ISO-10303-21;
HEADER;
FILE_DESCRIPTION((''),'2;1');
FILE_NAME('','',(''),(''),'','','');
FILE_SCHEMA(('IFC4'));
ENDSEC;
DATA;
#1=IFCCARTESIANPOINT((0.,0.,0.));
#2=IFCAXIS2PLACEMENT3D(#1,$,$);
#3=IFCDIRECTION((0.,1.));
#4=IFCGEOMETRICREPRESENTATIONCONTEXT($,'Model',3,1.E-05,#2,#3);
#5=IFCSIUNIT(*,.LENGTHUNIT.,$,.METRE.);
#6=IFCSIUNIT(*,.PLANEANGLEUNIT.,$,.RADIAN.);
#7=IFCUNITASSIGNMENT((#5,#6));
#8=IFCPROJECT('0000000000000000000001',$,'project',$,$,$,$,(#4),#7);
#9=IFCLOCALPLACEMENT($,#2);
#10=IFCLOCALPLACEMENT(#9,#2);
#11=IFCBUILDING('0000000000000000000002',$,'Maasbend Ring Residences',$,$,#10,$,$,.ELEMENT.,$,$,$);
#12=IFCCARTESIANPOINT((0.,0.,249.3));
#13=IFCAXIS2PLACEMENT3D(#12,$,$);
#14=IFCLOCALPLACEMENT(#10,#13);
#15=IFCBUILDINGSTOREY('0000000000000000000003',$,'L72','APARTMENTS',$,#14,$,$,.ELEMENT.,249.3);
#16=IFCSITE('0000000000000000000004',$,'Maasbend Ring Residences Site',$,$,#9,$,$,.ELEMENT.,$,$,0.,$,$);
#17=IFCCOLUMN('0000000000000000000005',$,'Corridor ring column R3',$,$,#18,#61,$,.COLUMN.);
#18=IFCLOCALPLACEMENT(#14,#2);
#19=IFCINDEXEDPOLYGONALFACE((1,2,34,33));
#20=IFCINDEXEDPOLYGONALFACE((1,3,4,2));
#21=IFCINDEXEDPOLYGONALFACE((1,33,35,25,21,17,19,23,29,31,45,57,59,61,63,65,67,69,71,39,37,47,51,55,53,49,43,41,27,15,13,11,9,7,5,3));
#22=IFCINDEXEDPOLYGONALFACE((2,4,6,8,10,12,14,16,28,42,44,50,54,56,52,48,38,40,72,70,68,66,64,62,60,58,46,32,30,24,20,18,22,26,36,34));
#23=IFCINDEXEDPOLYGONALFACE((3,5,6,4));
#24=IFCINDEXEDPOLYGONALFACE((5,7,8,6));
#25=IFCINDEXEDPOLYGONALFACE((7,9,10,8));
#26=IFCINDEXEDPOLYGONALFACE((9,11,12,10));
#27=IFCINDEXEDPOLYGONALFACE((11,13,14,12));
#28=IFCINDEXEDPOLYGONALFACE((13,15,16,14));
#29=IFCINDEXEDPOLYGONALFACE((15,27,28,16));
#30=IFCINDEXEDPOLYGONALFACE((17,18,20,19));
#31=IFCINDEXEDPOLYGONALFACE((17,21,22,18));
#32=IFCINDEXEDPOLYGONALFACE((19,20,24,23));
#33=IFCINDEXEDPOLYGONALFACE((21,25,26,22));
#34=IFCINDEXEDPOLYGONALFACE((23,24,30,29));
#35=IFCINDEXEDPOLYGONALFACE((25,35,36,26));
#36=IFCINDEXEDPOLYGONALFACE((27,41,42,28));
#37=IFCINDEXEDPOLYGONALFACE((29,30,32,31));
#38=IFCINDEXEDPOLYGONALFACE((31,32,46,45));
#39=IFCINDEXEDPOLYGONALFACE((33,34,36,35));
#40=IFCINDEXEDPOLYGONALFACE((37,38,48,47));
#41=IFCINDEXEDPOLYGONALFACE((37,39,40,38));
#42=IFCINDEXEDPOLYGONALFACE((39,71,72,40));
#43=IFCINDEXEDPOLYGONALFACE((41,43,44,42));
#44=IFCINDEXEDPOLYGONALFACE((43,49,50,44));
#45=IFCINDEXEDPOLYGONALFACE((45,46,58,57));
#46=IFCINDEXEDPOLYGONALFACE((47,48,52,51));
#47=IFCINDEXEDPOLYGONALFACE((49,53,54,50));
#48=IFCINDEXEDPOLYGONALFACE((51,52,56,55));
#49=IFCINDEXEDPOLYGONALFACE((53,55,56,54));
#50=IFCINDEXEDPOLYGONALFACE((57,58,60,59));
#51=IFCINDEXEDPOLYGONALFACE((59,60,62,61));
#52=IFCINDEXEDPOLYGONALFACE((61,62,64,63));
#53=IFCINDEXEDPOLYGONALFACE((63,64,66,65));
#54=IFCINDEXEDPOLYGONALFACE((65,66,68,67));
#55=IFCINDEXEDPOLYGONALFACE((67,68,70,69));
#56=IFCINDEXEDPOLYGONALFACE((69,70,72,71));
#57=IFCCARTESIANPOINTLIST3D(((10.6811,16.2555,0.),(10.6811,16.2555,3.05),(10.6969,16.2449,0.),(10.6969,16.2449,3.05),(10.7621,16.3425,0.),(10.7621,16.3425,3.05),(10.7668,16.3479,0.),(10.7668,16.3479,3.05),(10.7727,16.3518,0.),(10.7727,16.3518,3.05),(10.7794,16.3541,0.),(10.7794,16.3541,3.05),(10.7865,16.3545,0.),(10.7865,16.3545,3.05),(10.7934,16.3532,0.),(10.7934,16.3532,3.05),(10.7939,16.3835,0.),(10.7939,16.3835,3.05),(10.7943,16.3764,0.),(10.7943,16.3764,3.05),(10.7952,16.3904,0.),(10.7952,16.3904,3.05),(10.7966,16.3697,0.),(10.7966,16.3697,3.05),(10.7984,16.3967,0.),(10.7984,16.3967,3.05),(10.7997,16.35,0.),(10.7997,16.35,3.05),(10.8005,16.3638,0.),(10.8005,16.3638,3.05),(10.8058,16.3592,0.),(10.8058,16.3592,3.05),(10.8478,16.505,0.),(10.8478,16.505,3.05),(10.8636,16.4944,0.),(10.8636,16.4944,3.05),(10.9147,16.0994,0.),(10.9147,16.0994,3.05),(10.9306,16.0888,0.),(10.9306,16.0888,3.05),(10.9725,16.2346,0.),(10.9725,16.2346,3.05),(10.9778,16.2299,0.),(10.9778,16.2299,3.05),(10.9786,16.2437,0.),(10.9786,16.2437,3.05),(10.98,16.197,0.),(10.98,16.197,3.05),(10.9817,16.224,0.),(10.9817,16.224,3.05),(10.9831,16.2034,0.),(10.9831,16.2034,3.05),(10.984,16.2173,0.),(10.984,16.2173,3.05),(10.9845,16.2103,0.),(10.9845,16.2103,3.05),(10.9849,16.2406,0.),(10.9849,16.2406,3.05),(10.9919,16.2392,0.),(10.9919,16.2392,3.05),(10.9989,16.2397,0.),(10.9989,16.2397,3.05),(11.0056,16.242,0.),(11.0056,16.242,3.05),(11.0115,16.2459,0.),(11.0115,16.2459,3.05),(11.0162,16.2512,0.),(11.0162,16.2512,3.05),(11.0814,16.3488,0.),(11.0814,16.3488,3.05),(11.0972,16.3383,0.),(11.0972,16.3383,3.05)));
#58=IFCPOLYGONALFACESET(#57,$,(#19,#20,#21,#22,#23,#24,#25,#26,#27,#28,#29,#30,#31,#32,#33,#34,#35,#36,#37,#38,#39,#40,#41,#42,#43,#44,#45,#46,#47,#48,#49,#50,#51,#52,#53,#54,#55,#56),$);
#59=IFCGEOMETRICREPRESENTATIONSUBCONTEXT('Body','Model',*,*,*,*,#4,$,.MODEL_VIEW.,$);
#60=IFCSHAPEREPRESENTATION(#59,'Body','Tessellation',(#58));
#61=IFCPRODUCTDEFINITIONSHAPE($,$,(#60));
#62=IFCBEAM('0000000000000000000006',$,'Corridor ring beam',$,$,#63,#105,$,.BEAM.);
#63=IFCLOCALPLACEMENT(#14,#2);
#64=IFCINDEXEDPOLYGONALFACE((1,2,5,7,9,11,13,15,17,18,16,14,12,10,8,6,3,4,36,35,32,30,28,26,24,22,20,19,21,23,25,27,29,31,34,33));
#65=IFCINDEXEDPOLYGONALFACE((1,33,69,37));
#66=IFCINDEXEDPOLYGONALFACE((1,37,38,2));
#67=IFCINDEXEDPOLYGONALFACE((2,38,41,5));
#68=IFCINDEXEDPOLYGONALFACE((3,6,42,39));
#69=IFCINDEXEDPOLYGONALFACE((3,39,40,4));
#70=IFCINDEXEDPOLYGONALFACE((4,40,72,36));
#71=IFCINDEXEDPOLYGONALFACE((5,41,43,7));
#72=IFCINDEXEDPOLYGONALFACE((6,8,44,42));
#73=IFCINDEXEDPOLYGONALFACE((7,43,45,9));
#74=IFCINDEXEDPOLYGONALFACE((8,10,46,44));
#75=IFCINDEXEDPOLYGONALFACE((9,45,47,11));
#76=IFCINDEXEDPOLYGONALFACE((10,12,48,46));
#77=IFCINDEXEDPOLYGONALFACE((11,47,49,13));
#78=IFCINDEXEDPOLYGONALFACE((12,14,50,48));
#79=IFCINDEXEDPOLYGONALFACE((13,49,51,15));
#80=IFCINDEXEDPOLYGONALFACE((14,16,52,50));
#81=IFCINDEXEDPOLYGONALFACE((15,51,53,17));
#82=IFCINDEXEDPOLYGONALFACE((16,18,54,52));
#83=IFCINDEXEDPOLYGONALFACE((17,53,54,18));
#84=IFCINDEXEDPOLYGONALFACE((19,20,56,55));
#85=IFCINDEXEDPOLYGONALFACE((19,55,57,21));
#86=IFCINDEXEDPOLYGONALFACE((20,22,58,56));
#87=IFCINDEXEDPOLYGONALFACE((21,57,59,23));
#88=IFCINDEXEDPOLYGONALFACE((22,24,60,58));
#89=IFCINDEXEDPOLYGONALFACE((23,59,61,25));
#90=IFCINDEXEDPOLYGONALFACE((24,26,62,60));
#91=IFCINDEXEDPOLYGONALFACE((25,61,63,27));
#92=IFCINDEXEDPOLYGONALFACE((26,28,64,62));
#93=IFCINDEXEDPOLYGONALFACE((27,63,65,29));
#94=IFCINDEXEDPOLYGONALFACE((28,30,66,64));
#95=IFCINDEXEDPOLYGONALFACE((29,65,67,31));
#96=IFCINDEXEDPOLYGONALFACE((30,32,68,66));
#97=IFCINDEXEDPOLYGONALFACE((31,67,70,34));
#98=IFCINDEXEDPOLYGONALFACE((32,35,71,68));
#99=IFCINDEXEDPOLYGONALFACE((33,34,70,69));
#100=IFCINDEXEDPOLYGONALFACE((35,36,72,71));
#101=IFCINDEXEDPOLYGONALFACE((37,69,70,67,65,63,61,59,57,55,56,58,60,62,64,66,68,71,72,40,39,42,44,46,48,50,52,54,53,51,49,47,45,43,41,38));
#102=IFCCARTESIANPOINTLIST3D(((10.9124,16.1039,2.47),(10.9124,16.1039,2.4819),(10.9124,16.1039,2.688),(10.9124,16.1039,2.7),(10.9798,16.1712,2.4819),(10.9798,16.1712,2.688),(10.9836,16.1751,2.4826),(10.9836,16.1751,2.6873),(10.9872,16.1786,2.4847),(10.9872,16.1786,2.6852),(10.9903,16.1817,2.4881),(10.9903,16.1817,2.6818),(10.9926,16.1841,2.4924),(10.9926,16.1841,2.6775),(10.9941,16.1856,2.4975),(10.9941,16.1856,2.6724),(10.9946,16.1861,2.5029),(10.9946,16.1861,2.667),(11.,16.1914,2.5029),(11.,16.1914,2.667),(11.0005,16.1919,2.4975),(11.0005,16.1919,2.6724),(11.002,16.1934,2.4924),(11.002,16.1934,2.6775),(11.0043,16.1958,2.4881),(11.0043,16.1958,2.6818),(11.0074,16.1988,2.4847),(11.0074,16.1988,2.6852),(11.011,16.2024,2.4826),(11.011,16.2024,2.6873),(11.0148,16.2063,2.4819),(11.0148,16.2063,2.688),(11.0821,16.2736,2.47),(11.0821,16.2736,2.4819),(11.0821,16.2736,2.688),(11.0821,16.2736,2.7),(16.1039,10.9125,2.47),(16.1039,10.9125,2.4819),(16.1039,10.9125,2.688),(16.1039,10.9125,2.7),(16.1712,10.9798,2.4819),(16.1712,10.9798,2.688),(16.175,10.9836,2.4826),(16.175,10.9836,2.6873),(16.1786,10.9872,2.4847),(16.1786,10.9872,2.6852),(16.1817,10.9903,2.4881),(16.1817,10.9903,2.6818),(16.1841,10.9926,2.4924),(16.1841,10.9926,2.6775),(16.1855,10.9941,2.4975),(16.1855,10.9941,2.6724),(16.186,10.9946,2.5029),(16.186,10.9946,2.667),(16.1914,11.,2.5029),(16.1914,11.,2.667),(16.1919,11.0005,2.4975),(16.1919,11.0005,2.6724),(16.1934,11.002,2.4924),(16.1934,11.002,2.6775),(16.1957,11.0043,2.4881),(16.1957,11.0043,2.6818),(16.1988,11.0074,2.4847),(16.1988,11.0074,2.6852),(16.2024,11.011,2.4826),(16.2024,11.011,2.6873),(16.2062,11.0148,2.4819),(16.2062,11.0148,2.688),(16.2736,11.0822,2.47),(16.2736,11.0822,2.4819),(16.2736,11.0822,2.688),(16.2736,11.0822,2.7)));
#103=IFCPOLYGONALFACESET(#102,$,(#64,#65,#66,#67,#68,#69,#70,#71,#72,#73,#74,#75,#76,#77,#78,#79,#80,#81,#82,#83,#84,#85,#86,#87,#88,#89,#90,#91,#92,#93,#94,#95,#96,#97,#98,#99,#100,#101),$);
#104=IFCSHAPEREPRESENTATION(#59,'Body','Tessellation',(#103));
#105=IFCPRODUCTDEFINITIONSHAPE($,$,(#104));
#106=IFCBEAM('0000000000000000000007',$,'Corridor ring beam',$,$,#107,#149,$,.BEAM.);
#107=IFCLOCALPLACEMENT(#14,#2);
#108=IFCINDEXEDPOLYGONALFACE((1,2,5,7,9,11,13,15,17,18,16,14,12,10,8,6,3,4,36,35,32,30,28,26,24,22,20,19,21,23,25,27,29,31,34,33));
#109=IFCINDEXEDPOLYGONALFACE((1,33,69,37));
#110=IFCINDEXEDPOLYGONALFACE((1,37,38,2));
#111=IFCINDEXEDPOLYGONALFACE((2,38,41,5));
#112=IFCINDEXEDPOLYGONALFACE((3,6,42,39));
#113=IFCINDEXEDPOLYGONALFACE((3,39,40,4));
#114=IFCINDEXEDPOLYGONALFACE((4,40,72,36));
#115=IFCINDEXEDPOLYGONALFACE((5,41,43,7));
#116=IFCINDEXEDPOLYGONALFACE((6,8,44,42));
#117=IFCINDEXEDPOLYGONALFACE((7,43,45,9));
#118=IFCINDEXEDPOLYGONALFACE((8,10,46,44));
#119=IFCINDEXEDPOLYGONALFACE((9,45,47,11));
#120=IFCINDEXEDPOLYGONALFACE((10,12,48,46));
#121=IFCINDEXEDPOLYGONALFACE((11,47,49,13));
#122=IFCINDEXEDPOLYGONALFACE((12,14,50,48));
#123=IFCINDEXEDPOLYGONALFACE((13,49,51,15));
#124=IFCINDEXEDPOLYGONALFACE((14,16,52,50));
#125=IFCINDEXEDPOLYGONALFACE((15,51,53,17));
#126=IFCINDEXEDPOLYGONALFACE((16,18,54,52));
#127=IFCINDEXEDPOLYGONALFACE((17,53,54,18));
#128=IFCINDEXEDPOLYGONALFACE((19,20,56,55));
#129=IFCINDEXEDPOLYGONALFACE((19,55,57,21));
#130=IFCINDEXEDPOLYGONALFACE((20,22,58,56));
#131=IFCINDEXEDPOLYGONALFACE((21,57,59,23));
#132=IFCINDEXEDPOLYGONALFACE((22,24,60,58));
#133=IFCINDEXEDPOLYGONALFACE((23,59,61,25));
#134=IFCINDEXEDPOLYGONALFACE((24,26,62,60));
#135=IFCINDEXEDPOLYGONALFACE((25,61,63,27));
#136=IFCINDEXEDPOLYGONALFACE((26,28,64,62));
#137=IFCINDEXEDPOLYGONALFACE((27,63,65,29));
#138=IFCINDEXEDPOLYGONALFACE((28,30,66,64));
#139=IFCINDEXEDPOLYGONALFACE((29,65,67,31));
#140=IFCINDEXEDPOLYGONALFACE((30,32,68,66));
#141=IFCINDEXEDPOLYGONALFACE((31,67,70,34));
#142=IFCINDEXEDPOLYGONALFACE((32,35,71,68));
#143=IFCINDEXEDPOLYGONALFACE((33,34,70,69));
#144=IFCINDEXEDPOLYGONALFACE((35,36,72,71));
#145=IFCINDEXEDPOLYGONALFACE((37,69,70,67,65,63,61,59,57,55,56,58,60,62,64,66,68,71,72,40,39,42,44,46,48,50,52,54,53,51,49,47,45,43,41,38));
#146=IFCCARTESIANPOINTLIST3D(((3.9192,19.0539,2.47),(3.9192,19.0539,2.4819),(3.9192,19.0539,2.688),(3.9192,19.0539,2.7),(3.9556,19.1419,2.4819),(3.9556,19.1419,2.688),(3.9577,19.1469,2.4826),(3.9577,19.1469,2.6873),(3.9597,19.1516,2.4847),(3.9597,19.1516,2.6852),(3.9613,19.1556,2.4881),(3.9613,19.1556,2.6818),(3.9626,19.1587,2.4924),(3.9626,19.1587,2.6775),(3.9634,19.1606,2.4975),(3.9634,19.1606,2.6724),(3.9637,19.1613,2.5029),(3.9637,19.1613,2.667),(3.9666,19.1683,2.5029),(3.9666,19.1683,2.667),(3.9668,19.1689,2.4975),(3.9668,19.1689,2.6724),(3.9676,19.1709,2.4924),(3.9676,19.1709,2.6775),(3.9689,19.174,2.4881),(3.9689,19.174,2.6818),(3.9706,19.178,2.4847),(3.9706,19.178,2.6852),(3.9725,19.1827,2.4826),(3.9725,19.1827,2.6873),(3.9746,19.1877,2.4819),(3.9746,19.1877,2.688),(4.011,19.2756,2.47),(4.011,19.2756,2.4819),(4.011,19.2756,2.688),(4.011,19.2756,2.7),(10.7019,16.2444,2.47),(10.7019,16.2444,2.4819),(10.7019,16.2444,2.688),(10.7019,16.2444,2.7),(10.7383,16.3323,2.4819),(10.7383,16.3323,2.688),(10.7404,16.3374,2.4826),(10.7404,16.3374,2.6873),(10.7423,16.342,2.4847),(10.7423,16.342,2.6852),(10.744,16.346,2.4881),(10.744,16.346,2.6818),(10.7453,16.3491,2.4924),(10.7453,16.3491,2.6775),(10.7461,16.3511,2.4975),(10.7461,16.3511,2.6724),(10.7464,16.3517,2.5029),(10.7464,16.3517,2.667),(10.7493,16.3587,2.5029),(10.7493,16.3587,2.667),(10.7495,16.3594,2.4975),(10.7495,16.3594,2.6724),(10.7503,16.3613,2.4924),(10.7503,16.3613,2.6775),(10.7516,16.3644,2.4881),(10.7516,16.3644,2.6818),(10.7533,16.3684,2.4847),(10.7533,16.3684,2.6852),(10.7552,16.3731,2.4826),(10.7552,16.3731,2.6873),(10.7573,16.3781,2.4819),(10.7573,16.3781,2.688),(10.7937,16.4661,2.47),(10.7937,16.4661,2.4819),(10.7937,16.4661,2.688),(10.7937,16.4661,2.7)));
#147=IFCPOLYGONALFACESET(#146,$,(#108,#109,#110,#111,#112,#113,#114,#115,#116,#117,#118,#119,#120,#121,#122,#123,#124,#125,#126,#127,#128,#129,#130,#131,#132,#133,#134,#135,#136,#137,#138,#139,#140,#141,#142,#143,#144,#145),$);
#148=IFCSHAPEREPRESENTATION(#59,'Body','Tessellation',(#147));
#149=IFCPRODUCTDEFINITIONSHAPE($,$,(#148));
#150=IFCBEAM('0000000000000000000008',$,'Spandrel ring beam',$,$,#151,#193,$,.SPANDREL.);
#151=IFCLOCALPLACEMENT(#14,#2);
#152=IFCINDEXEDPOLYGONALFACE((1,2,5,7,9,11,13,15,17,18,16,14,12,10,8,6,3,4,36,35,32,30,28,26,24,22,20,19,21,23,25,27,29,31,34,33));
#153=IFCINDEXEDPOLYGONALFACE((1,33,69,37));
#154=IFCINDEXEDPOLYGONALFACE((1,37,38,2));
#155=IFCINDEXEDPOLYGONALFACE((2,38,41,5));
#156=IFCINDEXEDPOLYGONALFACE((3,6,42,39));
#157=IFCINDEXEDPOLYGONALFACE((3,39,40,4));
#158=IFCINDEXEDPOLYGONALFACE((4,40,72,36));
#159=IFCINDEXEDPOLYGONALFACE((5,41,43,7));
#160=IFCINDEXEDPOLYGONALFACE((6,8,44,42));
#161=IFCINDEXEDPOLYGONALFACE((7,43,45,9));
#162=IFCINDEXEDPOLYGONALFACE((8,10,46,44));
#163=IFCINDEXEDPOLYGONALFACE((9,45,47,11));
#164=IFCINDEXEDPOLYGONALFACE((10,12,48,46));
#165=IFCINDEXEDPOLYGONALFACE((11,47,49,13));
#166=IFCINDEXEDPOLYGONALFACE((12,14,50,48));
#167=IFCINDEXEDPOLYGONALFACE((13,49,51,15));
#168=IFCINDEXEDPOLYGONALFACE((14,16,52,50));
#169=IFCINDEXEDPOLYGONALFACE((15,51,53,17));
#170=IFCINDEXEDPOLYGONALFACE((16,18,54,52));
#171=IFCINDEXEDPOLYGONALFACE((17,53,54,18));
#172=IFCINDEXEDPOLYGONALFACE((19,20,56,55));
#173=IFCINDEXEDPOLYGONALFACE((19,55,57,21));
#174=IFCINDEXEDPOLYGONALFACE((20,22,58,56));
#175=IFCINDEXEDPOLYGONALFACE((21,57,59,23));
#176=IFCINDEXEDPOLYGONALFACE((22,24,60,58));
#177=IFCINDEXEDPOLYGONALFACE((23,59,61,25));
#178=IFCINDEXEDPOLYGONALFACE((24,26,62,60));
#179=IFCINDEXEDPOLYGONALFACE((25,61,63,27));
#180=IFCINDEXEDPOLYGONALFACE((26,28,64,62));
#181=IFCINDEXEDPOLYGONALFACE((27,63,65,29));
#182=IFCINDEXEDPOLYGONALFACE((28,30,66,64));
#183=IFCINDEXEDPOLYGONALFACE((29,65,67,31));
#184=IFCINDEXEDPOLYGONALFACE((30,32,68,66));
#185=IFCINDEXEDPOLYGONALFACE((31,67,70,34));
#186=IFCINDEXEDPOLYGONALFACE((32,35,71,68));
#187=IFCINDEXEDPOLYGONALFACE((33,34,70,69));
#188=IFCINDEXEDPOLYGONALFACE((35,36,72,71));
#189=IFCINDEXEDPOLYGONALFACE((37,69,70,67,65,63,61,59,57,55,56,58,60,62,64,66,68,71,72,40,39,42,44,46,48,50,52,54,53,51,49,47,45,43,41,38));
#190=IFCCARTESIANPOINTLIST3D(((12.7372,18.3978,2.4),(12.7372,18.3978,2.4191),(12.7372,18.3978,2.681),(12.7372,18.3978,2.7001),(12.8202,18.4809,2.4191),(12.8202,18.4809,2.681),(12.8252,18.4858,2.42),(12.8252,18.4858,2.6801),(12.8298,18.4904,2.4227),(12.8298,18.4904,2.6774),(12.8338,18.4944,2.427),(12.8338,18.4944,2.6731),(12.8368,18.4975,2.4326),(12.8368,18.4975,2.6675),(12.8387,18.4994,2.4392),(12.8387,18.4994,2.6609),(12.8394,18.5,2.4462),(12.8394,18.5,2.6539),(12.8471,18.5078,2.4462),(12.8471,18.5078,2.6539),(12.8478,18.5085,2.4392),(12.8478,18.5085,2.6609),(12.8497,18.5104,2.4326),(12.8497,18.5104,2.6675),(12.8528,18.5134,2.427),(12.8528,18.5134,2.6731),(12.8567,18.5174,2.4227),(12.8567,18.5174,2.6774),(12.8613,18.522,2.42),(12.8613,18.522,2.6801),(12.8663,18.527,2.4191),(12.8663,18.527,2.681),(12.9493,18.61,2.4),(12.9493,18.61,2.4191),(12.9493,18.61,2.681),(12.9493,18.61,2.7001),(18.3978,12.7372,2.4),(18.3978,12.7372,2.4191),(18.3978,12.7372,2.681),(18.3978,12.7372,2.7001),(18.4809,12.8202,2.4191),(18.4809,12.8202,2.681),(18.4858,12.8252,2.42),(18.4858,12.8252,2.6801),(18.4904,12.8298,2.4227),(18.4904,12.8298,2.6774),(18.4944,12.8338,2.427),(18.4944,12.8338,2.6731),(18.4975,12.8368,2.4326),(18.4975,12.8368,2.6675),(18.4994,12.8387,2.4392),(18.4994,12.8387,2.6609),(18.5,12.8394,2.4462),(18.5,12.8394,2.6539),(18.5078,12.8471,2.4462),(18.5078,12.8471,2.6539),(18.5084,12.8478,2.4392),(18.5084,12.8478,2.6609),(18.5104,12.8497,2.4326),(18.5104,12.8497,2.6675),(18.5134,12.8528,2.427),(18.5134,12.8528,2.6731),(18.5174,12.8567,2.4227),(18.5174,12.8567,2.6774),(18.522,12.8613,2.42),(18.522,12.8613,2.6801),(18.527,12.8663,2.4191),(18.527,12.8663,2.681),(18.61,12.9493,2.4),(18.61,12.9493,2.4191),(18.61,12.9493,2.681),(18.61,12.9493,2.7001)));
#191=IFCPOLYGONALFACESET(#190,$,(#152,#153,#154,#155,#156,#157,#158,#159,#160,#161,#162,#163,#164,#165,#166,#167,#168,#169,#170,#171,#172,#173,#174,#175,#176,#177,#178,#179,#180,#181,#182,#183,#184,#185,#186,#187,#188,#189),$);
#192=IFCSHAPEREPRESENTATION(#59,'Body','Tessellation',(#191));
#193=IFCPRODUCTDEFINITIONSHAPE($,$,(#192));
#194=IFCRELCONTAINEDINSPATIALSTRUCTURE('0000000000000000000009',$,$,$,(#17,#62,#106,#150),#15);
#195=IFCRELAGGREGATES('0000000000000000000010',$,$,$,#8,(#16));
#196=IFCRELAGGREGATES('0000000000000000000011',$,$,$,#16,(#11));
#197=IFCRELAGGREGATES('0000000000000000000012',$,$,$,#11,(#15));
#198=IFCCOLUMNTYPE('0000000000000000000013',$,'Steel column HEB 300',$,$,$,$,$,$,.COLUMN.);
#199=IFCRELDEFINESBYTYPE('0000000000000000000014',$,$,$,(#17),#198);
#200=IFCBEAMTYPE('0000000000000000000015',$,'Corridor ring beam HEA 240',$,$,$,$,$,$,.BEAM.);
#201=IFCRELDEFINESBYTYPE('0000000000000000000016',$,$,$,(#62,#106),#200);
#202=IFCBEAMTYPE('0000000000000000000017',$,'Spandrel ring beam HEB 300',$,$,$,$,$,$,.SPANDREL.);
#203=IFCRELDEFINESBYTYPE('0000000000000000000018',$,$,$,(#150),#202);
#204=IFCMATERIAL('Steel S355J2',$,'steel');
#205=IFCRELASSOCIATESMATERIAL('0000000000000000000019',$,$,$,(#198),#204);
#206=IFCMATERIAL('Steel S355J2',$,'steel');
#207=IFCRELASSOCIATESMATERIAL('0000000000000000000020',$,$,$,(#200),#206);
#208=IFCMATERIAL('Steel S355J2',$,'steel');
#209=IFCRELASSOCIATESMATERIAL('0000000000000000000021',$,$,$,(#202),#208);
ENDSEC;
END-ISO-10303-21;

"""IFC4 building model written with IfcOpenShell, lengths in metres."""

from ifc_helpers import new_model, si_unit, direction, frame, origin, origin_2d, place, context, subcontext, project, spatial, i_section, extrude, material, material_profile, profile_set, type_object, element, save


model = new_model("IFC4")

# Units and contexts
model_context = context("Model", 3, precision=1e-05, world=origin(), true_north=direction((0.0, 1.0)))
body_context = subcontext(model_context, "Body", "Model", "MODEL_VIEW")
ifc_project = project(units=[si_unit("LENGTHUNIT", "METRE"), si_unit("PLANEANGLEUNIT", "RADIAN")], contexts=[model_context])

# Site, building, storey
site_placement = place(None, origin())
site = spatial("IfcSite", under=ifc_project, at=site_placement, Name="Maasbend Ring Residences Site", CompositionType="ELEMENT", RefElevation=0.0)
building_placement = place(site_placement, origin())
building = spatial("IfcBuilding", under=site, at=building_placement, Name="Maasbend Ring Residences", CompositionType="ELEMENT")
storey_placement = place(building_placement, frame((0.0, 0.0, 249.3)))
storey = spatial("IfcBuildingStorey", under=building, at=storey_placement, Name="L72", Description="APARTMENTS", CompositionType="ELEMENT", Elevation=249.3)

# Column
ifc_material_1 = material(Name="Steel S355J2", Category="steel")
ifc_material_profile_1 = material_profile(ifc_material_1, i_section(OverallWidth=0.3, OverallDepth=0.3, WebThickness=0.011, FlangeThickness=0.019, FilletRadius=0.0271, at=origin_2d()), Name="HEB 300")
ifc_profile_set_1 = profile_set([ifc_material_profile_1], Name="Steel S355J2")
column_type_1 = type_object("IfcColumnType", Name="Steel column HEB 300", PredefinedType="COLUMN", material=ifc_profile_set_1)
for number, where, z_axis, x_axis, name in (
    (1, (10.8892, 16.2969, 0.0), (0.0, 0.0, 1.0), (0.55557, 0.83147, 0.0), "Corridor ring column R3"),
):
    element("IfcColumn", number, at=place(storey_placement, frame(where, z_axis=z_axis, x_axis=x_axis)), inside=storey, type_object=column_type_1, Name=name, PredefinedType="COLUMN", context=body_context, shape_type="SweptSolid", body=[
        extrude(i_section(OverallWidth=0.3, OverallDepth=0.3, WebThickness=0.011, FlangeThickness=0.019, FilletRadius=0.0271, at=origin_2d()), origin(), (0.0, 0.0, 1.0), 3.05),
    ])

# Beams
ifc_material_2 = material(Name="Steel S355J2", Category="steel")
ifc_material_profile_2 = material_profile(ifc_material_2, i_section(OverallWidth=0.24, OverallDepth=0.23, WebThickness=0.0076, FlangeThickness=0.012, FilletRadius=0.021, at=origin_2d()), Name="HEA 240")
ifc_profile_set_2 = profile_set([ifc_material_profile_2], Name="Steel S355J2")
beam_type_1 = type_object("IfcBeamType", Name="Corridor ring beam HEA 240", PredefinedType="BEAM", material=ifc_profile_set_2)
beam_1_placement = place(storey_placement, frame((16.1887, 10.9973, 2.585), z_axis=(-0.707107, 0.707107, 0.0), x_axis=(-0.707107, -0.707107, 0.0)))
element("IfcBeam", 2, at=beam_1_placement, inside=storey, type_object=beam_type_1, Name="Corridor ring beam", PredefinedType="BEAM", context=body_context, shape_type="SweptSolid", body=[
    extrude(i_section(OverallWidth=0.24, OverallDepth=0.23, WebThickness=0.0076, FlangeThickness=0.012, FilletRadius=0.021, at=origin_2d()), origin(), (0.0, 0.0, 1.0), 7.3418),
])
beam_2_placement = place(storey_placement, frame((10.7478, 16.3552, 2.585), z_axis=(-0.923876, 0.382692, 0.0), x_axis=(-0.382692, -0.923876, 0.0)))
element("IfcBeam", 3, at=beam_2_placement, inside=storey, type_object=beam_type_1, Name="Corridor ring beam", PredefinedType="BEAM", context=body_context, shape_type="SweptSolid", body=[
    extrude(i_section(OverallWidth=0.24, OverallDepth=0.23, WebThickness=0.0076, FlangeThickness=0.012, FilletRadius=0.021, at=origin_2d()), origin(), (0.0, 0.0, 1.0), 7.3416),
])
ifc_material_3 = material(Name="Steel S355J2", Category="steel")
ifc_material_profile_3 = material_profile(ifc_material_3, i_section(OverallWidth=0.3, OverallDepth=0.3, WebThickness=0.011, FlangeThickness=0.019, FilletRadius=0.0271, at=origin_2d()), Name="HEB 300")
ifc_profile_set_3 = profile_set([ifc_material_profile_3], Name="Steel S355J2")
beam_type_2 = type_object("IfcBeamType", Name="Spandrel ring beam HEB 300", PredefinedType="SPANDREL", material=ifc_profile_set_3)
beam_3_placement = place(storey_placement, frame((18.5039, 12.8433, 2.55), z_axis=(-0.707107, 0.707107, 0.0), x_axis=(-0.707107, -0.707107, 0.0)))
element("IfcBeam", 4, at=beam_3_placement, inside=storey, type_object=beam_type_2, Name="Spandrel ring beam", PredefinedType="SPANDREL", context=body_context, shape_type="SweptSolid", body=[
    extrude(i_section(OverallWidth=0.3, OverallDepth=0.3, WebThickness=0.011, FlangeThickness=0.019, FilletRadius=0.0271, at=origin_2d()), origin(), (0.0, 0.0, 1.0), 8.0054),
])

save(model, "model.ifc")
